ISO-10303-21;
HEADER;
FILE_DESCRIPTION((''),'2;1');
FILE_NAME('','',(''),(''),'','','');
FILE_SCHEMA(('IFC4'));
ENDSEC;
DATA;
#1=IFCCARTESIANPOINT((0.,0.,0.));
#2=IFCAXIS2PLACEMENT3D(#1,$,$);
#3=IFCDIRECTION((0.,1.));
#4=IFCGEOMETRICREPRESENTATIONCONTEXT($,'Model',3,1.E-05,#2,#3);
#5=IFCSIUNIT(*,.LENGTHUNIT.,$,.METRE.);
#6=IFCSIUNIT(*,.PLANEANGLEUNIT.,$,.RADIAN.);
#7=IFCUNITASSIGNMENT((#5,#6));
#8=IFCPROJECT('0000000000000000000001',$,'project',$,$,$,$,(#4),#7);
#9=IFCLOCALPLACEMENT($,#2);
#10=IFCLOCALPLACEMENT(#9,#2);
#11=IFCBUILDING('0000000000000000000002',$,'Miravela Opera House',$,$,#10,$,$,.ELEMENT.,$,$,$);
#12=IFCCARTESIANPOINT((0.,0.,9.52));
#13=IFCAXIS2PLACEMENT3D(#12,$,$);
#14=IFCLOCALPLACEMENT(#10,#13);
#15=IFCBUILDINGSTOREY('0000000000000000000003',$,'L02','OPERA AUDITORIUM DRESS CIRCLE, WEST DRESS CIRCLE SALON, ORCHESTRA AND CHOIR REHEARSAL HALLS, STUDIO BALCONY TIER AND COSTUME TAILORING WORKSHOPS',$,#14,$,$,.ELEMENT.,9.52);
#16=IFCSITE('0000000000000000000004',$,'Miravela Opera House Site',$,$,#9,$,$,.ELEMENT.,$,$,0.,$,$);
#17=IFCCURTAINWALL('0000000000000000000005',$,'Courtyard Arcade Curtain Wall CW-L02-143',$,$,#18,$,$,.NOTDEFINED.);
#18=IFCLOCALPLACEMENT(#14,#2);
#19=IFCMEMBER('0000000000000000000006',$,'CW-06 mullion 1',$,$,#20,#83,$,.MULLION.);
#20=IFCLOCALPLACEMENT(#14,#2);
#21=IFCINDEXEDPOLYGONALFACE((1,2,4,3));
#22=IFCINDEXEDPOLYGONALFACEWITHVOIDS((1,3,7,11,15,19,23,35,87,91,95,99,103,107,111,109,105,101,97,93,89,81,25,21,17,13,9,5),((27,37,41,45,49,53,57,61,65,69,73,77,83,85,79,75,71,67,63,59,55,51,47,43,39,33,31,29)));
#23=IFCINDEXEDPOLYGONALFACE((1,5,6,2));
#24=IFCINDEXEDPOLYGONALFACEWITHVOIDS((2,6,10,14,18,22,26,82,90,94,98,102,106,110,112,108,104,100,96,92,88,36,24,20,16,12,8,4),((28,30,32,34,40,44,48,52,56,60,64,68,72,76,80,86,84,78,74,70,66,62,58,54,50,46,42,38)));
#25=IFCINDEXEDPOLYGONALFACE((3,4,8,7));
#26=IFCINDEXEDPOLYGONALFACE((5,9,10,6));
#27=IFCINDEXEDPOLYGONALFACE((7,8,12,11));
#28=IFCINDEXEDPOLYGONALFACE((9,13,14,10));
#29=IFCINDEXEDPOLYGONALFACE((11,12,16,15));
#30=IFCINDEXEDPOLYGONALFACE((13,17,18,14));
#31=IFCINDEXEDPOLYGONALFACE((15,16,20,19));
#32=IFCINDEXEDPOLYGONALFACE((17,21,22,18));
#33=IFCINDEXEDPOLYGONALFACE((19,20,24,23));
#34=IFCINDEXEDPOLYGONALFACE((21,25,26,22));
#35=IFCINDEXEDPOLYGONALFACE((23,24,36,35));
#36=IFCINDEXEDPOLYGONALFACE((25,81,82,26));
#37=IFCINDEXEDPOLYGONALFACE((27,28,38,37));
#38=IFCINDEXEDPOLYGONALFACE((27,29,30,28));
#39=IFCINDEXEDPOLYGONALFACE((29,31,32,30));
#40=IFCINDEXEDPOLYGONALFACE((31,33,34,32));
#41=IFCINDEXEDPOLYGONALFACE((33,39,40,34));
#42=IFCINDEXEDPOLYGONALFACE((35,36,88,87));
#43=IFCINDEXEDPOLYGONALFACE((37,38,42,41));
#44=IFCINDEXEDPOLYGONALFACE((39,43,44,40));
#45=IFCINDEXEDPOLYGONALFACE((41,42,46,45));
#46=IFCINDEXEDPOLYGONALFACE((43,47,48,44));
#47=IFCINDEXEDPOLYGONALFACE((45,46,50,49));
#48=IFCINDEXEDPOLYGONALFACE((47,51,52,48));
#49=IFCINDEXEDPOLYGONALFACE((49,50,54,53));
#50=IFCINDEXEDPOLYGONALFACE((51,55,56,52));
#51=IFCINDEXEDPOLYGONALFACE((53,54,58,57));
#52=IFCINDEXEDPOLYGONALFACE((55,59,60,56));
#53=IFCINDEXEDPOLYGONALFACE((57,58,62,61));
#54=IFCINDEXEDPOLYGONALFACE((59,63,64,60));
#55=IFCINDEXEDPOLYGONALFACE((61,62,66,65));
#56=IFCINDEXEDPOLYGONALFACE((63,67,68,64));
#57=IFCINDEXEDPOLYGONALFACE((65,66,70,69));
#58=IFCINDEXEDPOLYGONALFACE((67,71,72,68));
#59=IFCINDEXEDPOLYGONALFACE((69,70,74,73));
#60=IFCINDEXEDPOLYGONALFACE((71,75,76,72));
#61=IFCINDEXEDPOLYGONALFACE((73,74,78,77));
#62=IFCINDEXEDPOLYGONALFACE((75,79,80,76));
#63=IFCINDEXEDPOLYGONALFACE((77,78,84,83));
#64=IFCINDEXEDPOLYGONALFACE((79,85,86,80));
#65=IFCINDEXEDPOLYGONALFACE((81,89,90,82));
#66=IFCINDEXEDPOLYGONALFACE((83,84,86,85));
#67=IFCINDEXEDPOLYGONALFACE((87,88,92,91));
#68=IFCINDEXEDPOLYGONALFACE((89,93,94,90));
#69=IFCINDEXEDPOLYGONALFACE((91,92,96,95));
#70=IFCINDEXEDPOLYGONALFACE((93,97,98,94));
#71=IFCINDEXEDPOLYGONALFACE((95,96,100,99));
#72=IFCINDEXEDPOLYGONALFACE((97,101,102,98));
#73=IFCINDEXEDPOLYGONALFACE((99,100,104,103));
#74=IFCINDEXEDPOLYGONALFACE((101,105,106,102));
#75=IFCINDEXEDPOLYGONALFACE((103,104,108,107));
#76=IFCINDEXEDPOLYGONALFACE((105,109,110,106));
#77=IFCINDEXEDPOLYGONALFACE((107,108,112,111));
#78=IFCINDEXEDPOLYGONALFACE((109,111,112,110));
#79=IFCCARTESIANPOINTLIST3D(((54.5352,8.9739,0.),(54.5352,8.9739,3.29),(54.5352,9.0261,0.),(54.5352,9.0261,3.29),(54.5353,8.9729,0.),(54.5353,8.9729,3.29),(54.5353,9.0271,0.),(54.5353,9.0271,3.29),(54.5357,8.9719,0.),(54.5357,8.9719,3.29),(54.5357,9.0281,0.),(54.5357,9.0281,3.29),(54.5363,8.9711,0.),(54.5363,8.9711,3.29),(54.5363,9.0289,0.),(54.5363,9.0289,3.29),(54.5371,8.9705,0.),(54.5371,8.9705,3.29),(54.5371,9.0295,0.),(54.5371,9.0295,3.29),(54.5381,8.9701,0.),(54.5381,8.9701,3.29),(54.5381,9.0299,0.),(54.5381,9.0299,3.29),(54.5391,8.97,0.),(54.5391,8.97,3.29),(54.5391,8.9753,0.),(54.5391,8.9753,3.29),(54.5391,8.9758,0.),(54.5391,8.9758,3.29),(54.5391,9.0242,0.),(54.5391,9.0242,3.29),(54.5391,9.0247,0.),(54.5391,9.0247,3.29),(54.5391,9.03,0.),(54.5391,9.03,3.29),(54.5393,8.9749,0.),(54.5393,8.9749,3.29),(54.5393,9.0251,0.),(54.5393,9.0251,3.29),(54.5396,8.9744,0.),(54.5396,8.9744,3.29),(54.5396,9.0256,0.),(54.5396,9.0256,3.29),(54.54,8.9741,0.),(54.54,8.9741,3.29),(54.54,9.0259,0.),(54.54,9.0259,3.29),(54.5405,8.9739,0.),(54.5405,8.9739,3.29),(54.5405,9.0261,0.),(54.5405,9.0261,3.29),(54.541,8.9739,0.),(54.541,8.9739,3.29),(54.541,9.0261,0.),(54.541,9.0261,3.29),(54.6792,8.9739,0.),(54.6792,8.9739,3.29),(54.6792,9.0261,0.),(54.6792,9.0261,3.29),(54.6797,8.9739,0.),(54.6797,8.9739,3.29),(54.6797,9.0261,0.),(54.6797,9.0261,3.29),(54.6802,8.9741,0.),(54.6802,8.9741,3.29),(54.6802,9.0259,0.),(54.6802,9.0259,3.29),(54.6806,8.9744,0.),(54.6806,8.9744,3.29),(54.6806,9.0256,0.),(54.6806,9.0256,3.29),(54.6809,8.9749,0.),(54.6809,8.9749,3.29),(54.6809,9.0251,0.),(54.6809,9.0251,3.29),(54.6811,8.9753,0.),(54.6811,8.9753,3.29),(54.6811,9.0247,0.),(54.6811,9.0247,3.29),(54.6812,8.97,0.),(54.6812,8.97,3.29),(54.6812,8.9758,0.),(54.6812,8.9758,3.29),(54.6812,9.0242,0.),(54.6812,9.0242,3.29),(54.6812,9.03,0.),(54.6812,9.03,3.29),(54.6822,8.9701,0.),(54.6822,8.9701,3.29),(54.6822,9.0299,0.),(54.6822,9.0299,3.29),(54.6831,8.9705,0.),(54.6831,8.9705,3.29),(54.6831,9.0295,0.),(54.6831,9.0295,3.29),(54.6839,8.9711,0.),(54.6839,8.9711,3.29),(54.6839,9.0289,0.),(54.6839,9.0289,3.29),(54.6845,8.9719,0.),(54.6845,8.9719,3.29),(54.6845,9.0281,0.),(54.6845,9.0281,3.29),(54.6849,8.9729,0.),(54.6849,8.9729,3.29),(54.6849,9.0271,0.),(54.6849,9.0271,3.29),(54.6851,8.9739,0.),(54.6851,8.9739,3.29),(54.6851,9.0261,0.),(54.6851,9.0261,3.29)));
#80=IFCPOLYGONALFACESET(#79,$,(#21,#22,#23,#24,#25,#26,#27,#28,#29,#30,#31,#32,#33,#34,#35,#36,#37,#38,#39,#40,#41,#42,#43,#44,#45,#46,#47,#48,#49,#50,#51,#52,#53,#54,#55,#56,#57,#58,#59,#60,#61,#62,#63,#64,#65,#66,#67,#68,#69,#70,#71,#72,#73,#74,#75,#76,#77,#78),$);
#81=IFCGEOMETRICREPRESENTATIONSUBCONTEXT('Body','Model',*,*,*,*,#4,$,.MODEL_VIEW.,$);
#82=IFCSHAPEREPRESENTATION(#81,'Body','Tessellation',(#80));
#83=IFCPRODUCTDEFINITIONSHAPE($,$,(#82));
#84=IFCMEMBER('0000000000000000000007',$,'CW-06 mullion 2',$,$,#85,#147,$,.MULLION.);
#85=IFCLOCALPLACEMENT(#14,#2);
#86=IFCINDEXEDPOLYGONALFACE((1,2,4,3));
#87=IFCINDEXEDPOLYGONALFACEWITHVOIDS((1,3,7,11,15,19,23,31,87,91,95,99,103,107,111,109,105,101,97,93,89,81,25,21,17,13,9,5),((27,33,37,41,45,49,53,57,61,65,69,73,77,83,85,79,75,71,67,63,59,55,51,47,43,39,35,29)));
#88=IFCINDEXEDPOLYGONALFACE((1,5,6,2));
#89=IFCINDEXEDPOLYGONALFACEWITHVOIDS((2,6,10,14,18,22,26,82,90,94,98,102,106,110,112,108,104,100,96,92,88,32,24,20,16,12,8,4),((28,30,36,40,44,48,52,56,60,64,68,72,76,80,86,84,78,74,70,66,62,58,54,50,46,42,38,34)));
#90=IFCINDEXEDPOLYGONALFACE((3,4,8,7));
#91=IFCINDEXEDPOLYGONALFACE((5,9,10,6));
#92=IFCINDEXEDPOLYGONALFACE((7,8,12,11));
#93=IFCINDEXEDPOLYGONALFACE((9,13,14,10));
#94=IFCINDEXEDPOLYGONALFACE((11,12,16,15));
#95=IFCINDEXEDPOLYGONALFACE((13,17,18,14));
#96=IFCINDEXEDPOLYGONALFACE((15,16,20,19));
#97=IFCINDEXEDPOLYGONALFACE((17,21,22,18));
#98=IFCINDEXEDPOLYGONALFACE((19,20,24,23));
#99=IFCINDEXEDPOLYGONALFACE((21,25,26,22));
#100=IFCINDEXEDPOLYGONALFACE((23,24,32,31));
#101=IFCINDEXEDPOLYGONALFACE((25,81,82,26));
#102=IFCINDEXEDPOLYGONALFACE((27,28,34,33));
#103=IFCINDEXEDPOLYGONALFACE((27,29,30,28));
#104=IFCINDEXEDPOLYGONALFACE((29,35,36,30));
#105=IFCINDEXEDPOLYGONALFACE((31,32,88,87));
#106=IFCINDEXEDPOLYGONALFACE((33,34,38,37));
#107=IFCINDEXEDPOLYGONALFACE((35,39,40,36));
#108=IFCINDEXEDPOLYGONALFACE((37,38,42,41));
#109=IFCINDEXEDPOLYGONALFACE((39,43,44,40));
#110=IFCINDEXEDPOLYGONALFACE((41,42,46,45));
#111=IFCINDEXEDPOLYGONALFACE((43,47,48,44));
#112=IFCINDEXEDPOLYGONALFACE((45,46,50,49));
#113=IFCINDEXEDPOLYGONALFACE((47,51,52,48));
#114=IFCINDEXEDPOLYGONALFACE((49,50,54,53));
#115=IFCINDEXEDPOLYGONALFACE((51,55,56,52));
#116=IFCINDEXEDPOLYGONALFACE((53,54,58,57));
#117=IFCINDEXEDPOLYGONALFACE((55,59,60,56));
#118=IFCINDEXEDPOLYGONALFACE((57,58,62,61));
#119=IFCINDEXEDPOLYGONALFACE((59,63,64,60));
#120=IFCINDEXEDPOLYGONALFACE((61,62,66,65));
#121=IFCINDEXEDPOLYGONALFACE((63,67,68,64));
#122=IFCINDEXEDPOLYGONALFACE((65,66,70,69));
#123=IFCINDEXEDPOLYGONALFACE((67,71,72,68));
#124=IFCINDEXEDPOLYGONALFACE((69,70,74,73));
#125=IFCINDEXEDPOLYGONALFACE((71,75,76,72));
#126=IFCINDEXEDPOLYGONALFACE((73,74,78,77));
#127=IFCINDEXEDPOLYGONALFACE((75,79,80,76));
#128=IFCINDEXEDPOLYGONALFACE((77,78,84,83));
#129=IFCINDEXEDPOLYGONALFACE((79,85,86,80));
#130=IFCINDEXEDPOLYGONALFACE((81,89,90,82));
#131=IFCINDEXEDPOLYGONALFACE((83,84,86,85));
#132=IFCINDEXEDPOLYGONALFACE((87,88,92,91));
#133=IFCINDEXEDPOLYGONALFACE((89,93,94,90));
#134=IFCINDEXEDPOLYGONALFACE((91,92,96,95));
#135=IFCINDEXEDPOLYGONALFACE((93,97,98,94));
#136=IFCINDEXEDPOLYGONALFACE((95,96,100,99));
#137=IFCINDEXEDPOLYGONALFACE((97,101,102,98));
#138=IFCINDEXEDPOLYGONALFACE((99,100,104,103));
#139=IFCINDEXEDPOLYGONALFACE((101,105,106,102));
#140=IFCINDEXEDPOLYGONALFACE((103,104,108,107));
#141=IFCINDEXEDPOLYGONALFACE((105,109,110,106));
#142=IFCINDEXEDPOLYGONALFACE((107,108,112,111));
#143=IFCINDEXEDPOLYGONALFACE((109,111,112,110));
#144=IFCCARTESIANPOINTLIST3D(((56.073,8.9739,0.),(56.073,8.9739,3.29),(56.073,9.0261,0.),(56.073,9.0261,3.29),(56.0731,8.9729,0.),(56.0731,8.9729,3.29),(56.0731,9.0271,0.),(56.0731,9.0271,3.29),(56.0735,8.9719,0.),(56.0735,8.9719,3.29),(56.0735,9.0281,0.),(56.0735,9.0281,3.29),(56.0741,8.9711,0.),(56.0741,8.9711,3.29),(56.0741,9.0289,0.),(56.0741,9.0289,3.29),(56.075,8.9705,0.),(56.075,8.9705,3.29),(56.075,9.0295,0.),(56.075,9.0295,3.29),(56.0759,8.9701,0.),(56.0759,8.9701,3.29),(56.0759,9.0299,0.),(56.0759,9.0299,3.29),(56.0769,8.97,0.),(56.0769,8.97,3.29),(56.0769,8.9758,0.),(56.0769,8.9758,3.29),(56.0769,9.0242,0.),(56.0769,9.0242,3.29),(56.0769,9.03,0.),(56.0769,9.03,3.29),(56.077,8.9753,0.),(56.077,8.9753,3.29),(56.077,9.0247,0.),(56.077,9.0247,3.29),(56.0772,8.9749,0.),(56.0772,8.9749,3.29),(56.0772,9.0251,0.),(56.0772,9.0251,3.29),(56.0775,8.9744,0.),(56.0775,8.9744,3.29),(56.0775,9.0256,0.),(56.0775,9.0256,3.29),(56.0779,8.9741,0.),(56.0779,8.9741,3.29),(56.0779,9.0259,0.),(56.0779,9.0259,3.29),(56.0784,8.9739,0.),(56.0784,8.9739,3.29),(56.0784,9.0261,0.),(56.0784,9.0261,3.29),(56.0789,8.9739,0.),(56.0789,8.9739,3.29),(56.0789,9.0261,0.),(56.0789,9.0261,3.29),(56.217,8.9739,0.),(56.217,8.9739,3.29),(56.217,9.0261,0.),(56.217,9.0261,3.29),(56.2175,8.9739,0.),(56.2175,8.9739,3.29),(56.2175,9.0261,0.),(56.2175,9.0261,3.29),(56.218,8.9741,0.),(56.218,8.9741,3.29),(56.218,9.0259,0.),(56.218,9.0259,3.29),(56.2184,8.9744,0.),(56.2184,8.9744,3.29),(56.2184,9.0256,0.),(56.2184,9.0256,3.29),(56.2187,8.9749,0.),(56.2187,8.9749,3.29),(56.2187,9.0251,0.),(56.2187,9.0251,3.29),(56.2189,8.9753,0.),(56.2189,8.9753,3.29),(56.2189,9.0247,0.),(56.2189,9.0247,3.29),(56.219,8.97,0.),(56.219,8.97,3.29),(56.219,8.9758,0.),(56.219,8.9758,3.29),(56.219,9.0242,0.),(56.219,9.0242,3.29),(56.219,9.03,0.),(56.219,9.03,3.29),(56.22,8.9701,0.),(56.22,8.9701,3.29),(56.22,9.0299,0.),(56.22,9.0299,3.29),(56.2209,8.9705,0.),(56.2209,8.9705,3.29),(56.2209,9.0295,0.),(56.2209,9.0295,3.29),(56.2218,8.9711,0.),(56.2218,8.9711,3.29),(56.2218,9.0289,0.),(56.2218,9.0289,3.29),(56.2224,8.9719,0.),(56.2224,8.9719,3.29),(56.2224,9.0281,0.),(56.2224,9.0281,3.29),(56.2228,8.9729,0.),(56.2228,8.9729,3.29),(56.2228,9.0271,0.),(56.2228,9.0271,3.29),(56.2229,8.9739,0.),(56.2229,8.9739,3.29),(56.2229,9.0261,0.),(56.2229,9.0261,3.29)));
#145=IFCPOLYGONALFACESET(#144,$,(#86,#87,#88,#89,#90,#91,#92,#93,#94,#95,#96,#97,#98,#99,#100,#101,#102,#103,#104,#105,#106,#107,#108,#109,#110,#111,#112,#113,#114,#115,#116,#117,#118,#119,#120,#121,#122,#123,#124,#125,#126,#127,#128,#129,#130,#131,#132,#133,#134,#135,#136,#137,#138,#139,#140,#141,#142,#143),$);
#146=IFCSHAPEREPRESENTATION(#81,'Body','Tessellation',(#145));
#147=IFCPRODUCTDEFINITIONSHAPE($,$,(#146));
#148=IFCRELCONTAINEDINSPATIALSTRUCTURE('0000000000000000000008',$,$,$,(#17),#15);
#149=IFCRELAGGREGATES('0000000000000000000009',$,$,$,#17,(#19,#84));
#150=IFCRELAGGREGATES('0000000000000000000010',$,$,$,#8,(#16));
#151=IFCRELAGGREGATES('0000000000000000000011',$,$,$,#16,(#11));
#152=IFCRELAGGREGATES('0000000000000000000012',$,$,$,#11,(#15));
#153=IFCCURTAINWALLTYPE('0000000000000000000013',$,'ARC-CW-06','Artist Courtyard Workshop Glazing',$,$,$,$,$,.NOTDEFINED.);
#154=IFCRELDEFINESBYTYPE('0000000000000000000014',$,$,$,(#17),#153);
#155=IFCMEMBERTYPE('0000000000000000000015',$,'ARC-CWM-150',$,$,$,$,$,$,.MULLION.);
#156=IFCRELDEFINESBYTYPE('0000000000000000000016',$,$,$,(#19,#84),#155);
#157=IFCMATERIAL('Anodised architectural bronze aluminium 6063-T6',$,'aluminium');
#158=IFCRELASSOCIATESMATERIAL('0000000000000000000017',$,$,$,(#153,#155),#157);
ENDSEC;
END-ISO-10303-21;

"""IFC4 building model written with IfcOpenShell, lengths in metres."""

from ifc_helpers import new_model, si_unit, direction, frame, origin, origin_2d, place, context, subcontext, project, spatial, hollow_rectangle, extrude, material, material_profile, profile_set, type_object, element, aggregate, save


model = new_model("IFC4")

# Units and contexts
model_context = context("Model", 3, precision=1e-05, world=origin(), true_north=direction((0.0, 1.0)))
body_context = subcontext(model_context, "Body", "Model", "MODEL_VIEW")
ifc_project = project(units=[si_unit("LENGTHUNIT", "METRE"), si_unit("PLANEANGLEUNIT", "RADIAN")], contexts=[model_context])

# Site, building, storey
site_placement = place(None, origin())
site = spatial("IfcSite", under=ifc_project, at=site_placement, Name="Miravela Opera House Site", CompositionType="ELEMENT", RefElevation=0.0)
building_placement = place(site_placement, origin())
building = spatial("IfcBuilding", under=site, at=building_placement, Name="Miravela Opera House", CompositionType="ELEMENT")
storey_placement = place(building_placement, frame((0.0, 0.0, 9.52)))
storey = spatial("IfcBuildingStorey", under=building, at=storey_placement, Name="L02", Description="OPERA AUDITORIUM DRESS CIRCLE, WEST DRESS CIRCLE SALON, ORCHESTRA AND CHOIR REHEARSAL HALLS, STUDIO BALCONY TIER AND COSTUME TAILORING WORKSHOPS", CompositionType="ELEMENT", Elevation=9.52)

# Curtain wall, members
ifc_material_1 = material(Name="Anodised architectural bronze aluminium 6063-T6", Category="aluminium")
curtain_wall_type = type_object("IfcCurtainWallType", Name="ARC-CW-06", Description="Artist Courtyard Workshop Glazing", PredefinedType="NOTDEFINED", material=ifc_material_1)
ifc_material_profile_1 = material_profile(ifc_material_1, hollow_rectangle(XDim=0.0601, YDim=0.1499, WallThickness=0.0039, InnerFilletRadius=0.002, OuterFilletRadius=0.0039, at=origin_2d()), Name="CWM-60X150")
ifc_profile_set_1 = profile_set([ifc_material_profile_1])
member_type_1 = type_object("IfcMemberType", Name="ARC-CWM-150", PredefinedType="MULLION", material=ifc_profile_set_1)
curtain_wall_1_placement = place(storey_placement, origin())
curtain_wall_1 = element("IfcCurtainWall", 1, at=curtain_wall_1_placement, inside=storey, type_object=curtain_wall_type, Name="Courtyard Arcade Curtain Wall CW-L02-143", PredefinedType="NOTDEFINED")
member_1_placement = place(storey_placement, frame((54.6101, 9.0, 0.0), z_axis=(0.0, 0.0, 1.0), x_axis=(0.0, 1.0, 0.0)))
member_1 = element("IfcMember", 2, at=member_1_placement, type_object=member_type_1, Name="CW-06 mullion 1", PredefinedType="MULLION", context=body_context, shape_type="SweptSolid", body=[
    extrude(hollow_rectangle(XDim=0.0601, YDim=0.1499, WallThickness=0.0039, InnerFilletRadius=0.002, OuterFilletRadius=0.0039, at=origin_2d()), origin(), (0.0, 0.0, 1.0), 3.29),
])
member_2_placement = place(storey_placement, frame((56.1479, 9.0, 0.0), z_axis=(0.0, 0.0, 1.0), x_axis=(0.0, 1.0, 0.0)))
member_2 = element("IfcMember", 3, at=member_2_placement, type_object=member_type_1, Name="CW-06 mullion 2", PredefinedType="MULLION", context=body_context, shape_type="SweptSolid", body=[
    extrude(hollow_rectangle(XDim=0.0601, YDim=0.1499, WallThickness=0.0039, InnerFilletRadius=0.002, OuterFilletRadius=0.0039, at=origin_2d()), origin(), (0.0, 0.0, 1.0), 3.29),
])

aggregate(curtain_wall_1, [member_1, member_2])

save(model, "model.ifc")
